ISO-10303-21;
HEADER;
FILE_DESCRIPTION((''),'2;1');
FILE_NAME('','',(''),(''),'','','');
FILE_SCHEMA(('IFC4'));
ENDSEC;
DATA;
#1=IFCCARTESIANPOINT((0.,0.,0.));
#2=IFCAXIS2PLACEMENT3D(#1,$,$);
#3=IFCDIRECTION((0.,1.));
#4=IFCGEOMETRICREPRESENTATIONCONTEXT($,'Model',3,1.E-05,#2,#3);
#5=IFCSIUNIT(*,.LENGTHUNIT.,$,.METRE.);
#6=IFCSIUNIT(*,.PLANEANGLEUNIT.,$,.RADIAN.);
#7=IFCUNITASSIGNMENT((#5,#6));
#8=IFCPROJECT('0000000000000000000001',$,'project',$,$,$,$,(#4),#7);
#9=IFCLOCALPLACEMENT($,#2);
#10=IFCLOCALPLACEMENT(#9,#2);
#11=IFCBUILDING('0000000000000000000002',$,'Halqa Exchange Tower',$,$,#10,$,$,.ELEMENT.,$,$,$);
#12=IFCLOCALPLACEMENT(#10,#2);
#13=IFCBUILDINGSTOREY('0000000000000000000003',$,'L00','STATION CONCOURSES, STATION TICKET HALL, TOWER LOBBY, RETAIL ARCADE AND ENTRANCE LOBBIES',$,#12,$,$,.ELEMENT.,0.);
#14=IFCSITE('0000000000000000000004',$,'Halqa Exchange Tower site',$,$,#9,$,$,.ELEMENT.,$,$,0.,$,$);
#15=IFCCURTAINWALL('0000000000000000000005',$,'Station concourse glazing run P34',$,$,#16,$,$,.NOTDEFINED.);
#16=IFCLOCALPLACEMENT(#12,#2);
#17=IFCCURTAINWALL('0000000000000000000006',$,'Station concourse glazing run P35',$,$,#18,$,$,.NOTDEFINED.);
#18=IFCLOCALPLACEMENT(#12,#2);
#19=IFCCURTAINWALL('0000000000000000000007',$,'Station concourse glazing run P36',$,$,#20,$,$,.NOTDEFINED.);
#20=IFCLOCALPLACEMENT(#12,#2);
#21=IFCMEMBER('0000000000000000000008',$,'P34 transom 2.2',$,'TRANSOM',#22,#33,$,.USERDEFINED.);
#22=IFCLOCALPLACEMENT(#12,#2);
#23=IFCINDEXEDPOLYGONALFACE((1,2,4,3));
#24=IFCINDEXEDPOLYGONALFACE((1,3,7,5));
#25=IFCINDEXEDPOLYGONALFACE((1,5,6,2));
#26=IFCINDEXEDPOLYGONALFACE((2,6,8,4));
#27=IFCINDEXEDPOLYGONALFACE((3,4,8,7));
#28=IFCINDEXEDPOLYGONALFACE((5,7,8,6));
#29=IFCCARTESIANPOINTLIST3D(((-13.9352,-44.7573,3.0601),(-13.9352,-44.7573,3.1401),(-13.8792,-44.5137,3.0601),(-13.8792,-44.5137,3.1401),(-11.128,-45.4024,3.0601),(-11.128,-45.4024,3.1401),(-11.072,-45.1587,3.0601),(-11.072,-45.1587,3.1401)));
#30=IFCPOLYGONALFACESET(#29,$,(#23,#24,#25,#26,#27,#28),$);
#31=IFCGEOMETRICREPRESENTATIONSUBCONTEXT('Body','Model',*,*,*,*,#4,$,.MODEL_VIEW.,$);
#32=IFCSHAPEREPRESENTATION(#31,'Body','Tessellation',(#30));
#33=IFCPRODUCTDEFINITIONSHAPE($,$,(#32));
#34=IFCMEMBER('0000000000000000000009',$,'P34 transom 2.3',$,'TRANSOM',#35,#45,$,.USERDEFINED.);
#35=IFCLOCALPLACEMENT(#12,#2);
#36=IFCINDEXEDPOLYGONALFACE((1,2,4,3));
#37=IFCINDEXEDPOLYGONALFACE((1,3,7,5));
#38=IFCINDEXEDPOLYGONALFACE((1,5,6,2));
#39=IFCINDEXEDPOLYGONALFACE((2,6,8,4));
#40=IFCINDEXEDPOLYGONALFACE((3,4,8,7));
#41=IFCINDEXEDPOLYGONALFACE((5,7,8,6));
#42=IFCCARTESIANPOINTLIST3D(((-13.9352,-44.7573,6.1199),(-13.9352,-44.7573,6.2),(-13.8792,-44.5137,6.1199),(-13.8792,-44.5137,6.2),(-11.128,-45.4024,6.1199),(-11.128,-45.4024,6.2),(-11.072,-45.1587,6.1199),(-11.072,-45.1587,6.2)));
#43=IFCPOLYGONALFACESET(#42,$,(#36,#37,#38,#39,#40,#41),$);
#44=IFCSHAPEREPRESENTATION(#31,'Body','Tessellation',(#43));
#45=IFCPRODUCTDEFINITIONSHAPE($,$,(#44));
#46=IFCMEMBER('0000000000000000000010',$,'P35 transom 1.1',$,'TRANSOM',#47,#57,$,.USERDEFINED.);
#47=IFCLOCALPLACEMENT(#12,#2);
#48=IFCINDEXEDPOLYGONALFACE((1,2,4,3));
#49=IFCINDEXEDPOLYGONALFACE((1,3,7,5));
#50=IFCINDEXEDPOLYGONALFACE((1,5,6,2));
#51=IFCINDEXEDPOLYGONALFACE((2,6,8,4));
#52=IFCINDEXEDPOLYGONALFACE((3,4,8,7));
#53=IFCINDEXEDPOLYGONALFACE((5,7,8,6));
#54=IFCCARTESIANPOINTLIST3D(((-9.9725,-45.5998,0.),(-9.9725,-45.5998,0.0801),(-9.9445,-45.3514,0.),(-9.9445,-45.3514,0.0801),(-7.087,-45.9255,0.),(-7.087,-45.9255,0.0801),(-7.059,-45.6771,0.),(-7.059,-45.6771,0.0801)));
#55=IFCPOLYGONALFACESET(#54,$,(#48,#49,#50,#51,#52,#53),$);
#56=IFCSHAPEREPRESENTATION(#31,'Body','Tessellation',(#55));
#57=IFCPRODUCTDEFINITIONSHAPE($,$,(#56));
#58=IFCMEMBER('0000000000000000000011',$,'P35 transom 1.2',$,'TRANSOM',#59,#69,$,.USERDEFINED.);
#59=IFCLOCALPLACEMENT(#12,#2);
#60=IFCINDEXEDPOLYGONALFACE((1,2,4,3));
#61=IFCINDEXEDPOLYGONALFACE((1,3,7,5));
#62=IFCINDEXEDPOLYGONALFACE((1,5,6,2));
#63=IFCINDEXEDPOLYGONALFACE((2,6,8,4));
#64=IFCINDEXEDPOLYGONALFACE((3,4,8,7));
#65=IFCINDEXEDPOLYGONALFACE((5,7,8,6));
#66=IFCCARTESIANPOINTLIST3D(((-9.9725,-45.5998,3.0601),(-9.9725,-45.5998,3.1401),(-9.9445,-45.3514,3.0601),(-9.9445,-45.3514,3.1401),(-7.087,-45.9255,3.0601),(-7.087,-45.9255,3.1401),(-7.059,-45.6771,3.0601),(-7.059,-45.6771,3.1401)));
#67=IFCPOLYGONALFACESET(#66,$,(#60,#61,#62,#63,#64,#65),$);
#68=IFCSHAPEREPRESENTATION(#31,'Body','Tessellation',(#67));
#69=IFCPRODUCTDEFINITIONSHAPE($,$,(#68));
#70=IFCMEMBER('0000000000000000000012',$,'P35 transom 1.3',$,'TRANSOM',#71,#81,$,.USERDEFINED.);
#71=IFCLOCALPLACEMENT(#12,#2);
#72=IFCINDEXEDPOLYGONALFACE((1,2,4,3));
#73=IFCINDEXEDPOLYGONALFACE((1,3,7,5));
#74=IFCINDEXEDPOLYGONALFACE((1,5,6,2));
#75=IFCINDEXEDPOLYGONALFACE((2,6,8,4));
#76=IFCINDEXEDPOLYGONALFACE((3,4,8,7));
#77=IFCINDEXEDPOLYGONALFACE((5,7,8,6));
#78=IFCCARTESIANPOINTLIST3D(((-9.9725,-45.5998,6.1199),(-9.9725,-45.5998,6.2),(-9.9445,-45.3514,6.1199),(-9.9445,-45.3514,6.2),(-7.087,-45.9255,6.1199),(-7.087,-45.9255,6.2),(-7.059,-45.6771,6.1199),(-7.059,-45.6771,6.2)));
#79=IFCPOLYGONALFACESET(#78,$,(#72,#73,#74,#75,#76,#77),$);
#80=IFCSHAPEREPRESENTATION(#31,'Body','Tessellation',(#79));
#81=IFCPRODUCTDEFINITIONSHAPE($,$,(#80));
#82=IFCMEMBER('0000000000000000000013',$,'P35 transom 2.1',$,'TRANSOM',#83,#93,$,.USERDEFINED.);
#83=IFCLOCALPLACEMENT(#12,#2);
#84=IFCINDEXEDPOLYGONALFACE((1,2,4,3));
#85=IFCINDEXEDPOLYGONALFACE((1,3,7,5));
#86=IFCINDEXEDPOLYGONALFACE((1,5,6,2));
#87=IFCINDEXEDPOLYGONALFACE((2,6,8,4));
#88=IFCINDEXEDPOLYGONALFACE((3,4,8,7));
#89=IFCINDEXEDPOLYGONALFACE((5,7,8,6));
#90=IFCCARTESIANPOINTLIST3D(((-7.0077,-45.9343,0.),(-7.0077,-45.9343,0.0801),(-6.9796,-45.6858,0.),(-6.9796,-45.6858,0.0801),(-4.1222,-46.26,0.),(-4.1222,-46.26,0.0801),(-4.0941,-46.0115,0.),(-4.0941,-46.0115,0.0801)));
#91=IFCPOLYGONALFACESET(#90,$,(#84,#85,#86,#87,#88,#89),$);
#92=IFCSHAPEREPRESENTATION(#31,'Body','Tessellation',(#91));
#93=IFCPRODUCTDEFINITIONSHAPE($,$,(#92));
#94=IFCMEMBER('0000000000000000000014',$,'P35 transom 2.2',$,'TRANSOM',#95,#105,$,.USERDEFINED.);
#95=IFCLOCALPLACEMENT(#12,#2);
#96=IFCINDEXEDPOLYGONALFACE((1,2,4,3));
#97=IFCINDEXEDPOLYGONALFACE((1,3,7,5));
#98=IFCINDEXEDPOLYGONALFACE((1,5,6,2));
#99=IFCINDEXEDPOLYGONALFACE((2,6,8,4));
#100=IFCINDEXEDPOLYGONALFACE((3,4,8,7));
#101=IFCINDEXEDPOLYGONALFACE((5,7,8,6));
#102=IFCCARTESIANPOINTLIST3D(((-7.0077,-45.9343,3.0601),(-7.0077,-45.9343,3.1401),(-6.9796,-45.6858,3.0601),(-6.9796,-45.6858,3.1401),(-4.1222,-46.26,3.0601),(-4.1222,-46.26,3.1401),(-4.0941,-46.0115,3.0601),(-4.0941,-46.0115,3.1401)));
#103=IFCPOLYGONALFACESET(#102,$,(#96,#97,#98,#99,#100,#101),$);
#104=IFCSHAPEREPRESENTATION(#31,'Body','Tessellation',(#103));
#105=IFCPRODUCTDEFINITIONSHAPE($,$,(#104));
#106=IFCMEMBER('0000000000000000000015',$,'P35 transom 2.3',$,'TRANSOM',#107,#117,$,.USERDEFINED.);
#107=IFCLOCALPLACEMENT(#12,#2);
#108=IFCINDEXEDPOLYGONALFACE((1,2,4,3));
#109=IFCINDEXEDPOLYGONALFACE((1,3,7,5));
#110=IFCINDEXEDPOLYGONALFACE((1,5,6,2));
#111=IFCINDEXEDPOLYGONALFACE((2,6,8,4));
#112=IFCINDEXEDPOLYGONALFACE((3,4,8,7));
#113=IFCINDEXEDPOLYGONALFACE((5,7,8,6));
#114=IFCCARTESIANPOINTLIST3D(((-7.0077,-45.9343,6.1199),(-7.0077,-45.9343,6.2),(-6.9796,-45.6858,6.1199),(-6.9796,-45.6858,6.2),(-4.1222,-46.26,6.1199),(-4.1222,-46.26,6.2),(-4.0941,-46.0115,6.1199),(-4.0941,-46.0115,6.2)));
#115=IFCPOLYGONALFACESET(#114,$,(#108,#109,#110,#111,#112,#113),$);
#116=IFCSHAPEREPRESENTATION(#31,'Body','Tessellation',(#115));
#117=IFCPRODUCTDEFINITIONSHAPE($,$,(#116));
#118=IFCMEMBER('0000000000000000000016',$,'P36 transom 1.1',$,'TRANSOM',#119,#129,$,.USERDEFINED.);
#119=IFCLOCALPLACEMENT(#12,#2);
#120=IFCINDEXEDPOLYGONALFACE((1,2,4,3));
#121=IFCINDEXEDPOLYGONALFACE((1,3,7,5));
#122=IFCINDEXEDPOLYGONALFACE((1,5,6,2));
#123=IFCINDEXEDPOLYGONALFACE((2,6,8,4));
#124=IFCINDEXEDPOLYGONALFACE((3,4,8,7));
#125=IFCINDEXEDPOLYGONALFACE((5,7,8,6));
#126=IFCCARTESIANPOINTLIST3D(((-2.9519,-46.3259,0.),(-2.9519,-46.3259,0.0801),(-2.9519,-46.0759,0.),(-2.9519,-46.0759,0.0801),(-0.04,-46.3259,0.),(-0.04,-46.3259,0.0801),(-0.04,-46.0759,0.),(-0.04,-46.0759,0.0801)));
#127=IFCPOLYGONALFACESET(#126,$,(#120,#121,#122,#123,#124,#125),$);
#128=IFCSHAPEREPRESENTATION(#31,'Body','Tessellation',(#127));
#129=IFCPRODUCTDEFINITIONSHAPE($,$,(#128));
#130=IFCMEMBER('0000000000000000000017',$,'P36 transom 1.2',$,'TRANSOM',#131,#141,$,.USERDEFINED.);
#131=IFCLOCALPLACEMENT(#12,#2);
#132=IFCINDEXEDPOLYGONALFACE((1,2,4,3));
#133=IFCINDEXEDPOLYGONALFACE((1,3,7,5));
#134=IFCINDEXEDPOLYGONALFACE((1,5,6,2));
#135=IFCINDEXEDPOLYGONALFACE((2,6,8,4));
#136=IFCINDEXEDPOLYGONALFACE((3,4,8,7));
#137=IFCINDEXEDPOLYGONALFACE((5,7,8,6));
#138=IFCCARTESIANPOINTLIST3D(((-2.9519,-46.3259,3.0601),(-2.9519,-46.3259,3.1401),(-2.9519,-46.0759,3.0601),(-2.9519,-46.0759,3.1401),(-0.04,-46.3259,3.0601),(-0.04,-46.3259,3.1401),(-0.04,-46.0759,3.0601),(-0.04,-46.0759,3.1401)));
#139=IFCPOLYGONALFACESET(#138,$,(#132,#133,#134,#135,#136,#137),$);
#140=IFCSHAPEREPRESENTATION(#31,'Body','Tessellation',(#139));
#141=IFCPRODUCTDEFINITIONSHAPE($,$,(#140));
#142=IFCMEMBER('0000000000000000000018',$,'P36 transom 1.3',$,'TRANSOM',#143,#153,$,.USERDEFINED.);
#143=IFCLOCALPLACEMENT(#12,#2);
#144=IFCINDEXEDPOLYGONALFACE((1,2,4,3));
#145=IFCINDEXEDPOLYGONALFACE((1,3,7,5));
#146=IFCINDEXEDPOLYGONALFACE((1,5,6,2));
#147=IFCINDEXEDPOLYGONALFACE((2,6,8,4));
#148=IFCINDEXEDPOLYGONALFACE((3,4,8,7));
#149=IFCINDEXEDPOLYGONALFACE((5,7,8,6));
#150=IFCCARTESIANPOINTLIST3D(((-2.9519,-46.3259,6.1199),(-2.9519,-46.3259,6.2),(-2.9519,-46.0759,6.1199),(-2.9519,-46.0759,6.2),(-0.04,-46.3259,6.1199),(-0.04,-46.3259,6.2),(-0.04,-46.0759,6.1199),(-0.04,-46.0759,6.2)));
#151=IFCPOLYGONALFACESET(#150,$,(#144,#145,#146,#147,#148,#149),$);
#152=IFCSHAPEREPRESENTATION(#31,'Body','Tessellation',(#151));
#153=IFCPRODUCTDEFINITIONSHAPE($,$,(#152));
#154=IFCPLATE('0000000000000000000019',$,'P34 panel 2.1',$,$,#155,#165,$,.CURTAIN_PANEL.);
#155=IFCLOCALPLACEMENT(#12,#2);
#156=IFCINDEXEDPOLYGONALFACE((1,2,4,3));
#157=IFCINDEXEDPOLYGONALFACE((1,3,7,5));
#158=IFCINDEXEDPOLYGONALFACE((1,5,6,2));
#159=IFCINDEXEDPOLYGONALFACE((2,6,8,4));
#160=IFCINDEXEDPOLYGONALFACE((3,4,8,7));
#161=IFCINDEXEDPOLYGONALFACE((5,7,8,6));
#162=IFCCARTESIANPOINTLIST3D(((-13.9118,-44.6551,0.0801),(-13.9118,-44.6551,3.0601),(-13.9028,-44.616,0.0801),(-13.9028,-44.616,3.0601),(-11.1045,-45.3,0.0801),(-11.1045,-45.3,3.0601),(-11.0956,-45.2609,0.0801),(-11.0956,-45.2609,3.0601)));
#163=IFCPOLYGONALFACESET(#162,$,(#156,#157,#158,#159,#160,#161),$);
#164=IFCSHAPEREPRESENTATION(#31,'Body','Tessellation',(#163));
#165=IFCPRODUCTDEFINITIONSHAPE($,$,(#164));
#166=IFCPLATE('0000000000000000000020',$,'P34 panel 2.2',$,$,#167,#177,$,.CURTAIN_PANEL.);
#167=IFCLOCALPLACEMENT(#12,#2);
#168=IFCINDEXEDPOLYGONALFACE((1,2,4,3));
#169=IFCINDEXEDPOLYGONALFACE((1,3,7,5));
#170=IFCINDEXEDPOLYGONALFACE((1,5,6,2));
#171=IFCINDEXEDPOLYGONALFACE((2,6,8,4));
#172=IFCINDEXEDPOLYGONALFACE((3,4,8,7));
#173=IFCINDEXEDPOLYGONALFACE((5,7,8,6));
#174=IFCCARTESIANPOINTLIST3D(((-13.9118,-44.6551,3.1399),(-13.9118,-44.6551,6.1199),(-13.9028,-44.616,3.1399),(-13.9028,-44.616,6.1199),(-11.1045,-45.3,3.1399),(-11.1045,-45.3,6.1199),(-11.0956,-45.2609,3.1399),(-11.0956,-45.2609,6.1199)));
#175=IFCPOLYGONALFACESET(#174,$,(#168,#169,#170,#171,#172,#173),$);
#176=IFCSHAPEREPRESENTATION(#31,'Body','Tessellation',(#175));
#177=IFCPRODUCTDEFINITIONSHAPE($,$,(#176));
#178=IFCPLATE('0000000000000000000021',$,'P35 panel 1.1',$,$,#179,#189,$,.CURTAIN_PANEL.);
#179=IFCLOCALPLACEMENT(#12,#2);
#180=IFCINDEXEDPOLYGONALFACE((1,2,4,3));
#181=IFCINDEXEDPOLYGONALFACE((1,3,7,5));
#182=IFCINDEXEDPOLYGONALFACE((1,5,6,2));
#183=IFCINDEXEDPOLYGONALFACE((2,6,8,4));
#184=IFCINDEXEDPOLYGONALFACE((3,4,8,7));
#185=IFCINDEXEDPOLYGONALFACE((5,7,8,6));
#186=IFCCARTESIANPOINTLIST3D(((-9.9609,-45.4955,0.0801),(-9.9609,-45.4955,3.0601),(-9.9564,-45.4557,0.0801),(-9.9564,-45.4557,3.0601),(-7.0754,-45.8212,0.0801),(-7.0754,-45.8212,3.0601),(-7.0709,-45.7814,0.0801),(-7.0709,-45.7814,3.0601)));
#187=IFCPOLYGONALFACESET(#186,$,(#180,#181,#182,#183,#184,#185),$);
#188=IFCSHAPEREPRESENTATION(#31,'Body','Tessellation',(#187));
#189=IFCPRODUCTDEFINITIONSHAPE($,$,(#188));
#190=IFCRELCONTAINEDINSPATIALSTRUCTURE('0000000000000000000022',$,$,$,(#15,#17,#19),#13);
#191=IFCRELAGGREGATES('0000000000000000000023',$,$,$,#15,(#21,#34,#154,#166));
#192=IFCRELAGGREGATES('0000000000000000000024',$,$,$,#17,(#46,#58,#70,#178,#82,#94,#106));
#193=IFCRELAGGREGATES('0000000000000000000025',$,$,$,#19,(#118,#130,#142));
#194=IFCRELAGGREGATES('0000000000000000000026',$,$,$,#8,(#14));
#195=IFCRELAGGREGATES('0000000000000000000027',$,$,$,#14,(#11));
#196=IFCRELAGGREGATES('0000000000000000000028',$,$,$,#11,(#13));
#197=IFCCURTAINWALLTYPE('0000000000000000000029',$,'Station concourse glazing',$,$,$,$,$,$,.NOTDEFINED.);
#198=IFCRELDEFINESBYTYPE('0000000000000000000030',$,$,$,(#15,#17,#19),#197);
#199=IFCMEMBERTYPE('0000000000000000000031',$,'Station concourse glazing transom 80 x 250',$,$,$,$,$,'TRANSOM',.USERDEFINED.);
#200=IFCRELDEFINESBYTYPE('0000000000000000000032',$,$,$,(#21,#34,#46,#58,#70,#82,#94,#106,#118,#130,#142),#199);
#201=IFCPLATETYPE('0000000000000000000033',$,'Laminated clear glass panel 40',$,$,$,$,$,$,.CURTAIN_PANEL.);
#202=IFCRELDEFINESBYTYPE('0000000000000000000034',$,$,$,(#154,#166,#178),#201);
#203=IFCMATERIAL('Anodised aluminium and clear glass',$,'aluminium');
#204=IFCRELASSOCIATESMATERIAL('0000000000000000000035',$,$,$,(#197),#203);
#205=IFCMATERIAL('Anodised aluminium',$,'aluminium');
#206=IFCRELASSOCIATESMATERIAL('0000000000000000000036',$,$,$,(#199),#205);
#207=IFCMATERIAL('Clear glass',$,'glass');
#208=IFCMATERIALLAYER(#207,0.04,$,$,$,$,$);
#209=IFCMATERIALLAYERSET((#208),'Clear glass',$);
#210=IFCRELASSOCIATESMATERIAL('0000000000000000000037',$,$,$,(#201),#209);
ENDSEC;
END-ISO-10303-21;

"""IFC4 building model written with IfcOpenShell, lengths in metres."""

from ifc_helpers import new_model, si_unit, direction, frame, origin, origin_2d, place, context, subcontext, project, spatial, rectangle, extrude, material, layer, layer_set, material_profile, profile_set, type_object, element, aggregate, save


model = new_model("IFC4")

# Units and contexts
model_context = context("Model", 3, precision=1e-05, world=origin(), true_north=direction((0.0, 1.0)))
body_context = subcontext(model_context, "Body", "Model", "MODEL_VIEW")
ifc_project = project(units=[si_unit("LENGTHUNIT", "METRE"), si_unit("PLANEANGLEUNIT", "RADIAN")], contexts=[model_context])

# Site, building, storey
site_placement = place(None, origin())
site = spatial("IfcSite", under=ifc_project, at=site_placement, Name="Halqa Exchange Tower site", CompositionType="ELEMENT", RefElevation=0.0)
building_placement = place(site_placement, origin())
building = spatial("IfcBuilding", under=site, at=building_placement, Name="Halqa Exchange Tower", CompositionType="ELEMENT")
storey_placement = place(building_placement, origin())
storey = spatial("IfcBuildingStorey", under=building, at=storey_placement, Name="L00", Description="STATION CONCOURSES, STATION TICKET HALL, TOWER LOBBY, RETAIL ARCADE AND ENTRANCE LOBBIES", CompositionType="ELEMENT", Elevation=0.0)

# Curtain wall
ifc_material_1 = material(Name="Anodised aluminium and clear glass", Category="aluminium")
curtain_wall_type = type_object("IfcCurtainWallType", Name="Station concourse glazing", PredefinedType="NOTDEFINED", material=ifc_material_1)
curtain_wall_1_placement = place(storey_placement, origin())
curtain_wall_1 = element("IfcCurtainWall", 1, at=curtain_wall_1_placement, inside=storey, type_object=curtain_wall_type, Name="Station concourse glazing run P34", PredefinedType="NOTDEFINED")
ifc_material_2 = material(Name="Anodised aluminium", Category="aluminium")

# Curtain wall
curtain_wall_2_placement = place(storey_placement, origin())
curtain_wall_2 = element("IfcCurtainWall", 2, at=curtain_wall_2_placement, inside=storey, type_object=curtain_wall_type, Name="Station concourse glazing run P35", PredefinedType="NOTDEFINED")

# Curtain wall
curtain_wall_3_placement = place(storey_placement, origin())
curtain_wall_3 = element("IfcCurtainWall", 3, at=curtain_wall_3_placement, inside=storey, type_object=curtain_wall_type, Name="Station concourse glazing run P36", PredefinedType="NOTDEFINED")

# Members
ifc_material_profile_1 = material_profile(ifc_material_2, rectangle(XDim=0.25, YDim=0.0801, at=origin_2d()), Name="AL 80x250")
ifc_profile_set_1 = profile_set([ifc_material_profile_1], Name="Anodised aluminium")
member_type_1 = type_object("IfcMemberType", Name="Station concourse glazing transom 80 x 250", ElementType="TRANSOM", PredefinedType="USERDEFINED", material=ifc_profile_set_1)
member_1_placement = place(storey_placement, frame((-13.9072, -44.6355, 3.1001), z_axis=(0.974602, -0.223943, 0.0), x_axis=(0.223943, 0.974602, 0.0)))
member_1 = element("IfcMember", 4, at=member_1_placement, type_object=member_type_1, Name="P34 transom 2.2", ObjectType="TRANSOM", PredefinedType="USERDEFINED", context=body_context, shape_type="SweptSolid", body=[
    extrude(rectangle(XDim=0.25, YDim=0.0801, at=origin_2d()), origin(), (0.0, 0.0, 1.0), 2.8804),
])
member_2_placement = place(storey_placement, frame((-13.9072, -44.6355, 6.1599), z_axis=(0.974602, -0.223943, 0.0), x_axis=(0.223943, 0.974602, 0.0)))
member_2 = element("IfcMember", 5, at=member_2_placement, type_object=member_type_1, Name="P34 transom 2.3", ObjectType="TRANSOM", PredefinedType="USERDEFINED", context=body_context, shape_type="SweptSolid", body=[
    extrude(rectangle(XDim=0.25, YDim=0.0801, at=origin_2d()), origin(), (0.0, 0.0, 1.0), 2.8804),
])
member_3_placement = place(storey_placement, frame((-9.9585, -45.4756, 0.04), z_axis=(0.993691, -0.112157, 0.0), x_axis=(0.112157, 0.993691, 0.0)))
member_3 = element("IfcMember", 6, at=member_3_placement, type_object=member_type_1, Name="P35 transom 1.1", ObjectType="TRANSOM", PredefinedType="USERDEFINED", context=body_context, shape_type="SweptSolid", body=[
    extrude(rectangle(XDim=0.25, YDim=0.0801, at=origin_2d()), origin(), (0.0, 0.0, 1.0), 2.9038),
])
member_4_placement = place(storey_placement, frame((-9.9585, -45.4756, 3.1001), z_axis=(0.993691, -0.112157, 0.0), x_axis=(0.112157, 0.993691, 0.0)))
member_4 = element("IfcMember", 7, at=member_4_placement, type_object=member_type_1, Name="P35 transom 1.2", ObjectType="TRANSOM", PredefinedType="USERDEFINED", context=body_context, shape_type="SweptSolid", body=[
    extrude(rectangle(XDim=0.25, YDim=0.0801, at=origin_2d()), origin(), (0.0, 0.0, 1.0), 2.9038),
])
member_5_placement = place(storey_placement, frame((-9.9585, -45.4756, 6.1599), z_axis=(0.993691, -0.112157, 0.0), x_axis=(0.112157, 0.993691, 0.0)))
member_5 = element("IfcMember", 8, at=member_5_placement, type_object=member_type_1, Name="P35 transom 1.3", ObjectType="TRANSOM", PredefinedType="USERDEFINED", context=body_context, shape_type="SweptSolid", body=[
    extrude(rectangle(XDim=0.25, YDim=0.0801, at=origin_2d()), origin(), (0.0, 0.0, 1.0), 2.9038),
])
member_6_placement = place(storey_placement, frame((-6.9937, -45.8101, 0.04), z_axis=(0.993691, -0.112157, 0.0), x_axis=(0.112157, 0.993691, 0.0)))
member_6 = element("IfcMember", 9, at=member_6_placement, type_object=member_type_1, Name="P35 transom 2.1", ObjectType="TRANSOM", PredefinedType="USERDEFINED", context=body_context, shape_type="SweptSolid", body=[
    extrude(rectangle(XDim=0.25, YDim=0.0801, at=origin_2d()), origin(), (0.0, 0.0, 1.0), 2.9038),
])
member_7_placement = place(storey_placement, frame((-6.9937, -45.8101, 3.1001), z_axis=(0.993691, -0.112157, 0.0), x_axis=(0.112157, 0.993691, 0.0)))
member_7 = element("IfcMember", 10, at=member_7_placement, type_object=member_type_1, Name="P35 transom 2.2", ObjectType="TRANSOM", PredefinedType="USERDEFINED", context=body_context, shape_type="SweptSolid", body=[
    extrude(rectangle(XDim=0.25, YDim=0.0801, at=origin_2d()), origin(), (0.0, 0.0, 1.0), 2.9038),
])
member_8_placement = place(storey_placement, frame((-6.9937, -45.8101, 6.1599), z_axis=(0.993691, -0.112157, 0.0), x_axis=(0.112157, 0.993691, 0.0)))
member_8 = element("IfcMember", 11, at=member_8_placement, type_object=member_type_1, Name="P35 transom 2.3", ObjectType="TRANSOM", PredefinedType="USERDEFINED", context=body_context, shape_type="SweptSolid", body=[
    extrude(rectangle(XDim=0.25, YDim=0.0801, at=origin_2d()), origin(), (0.0, 0.0, 1.0), 2.9038),
])
member_9_placement = place(storey_placement, frame((-2.9519, -46.2009, 0.04), z_axis=(1.0, 0.0, 0.0), x_axis=(0.0, 1.0, 0.0)))
member_9 = element("IfcMember", 12, at=member_9_placement, type_object=member_type_1, Name="P36 transom 1.1", ObjectType="TRANSOM", PredefinedType="USERDEFINED", context=body_context, shape_type="SweptSolid", body=[
    extrude(rectangle(XDim=0.25, YDim=0.0801, at=origin_2d()), origin(), (0.0, 0.0, 1.0), 2.9119),
])
member_10_placement = place(storey_placement, frame((-2.9519, -46.2009, 3.1001), z_axis=(1.0, 0.0, 0.0), x_axis=(0.0, 1.0, 0.0)))
member_10 = element("IfcMember", 13, at=member_10_placement, type_object=member_type_1, Name="P36 transom 1.2", ObjectType="TRANSOM", PredefinedType="USERDEFINED", context=body_context, shape_type="SweptSolid", body=[
    extrude(rectangle(XDim=0.25, YDim=0.0801, at=origin_2d()), origin(), (0.0, 0.0, 1.0), 2.9119),
])
member_11_placement = place(storey_placement, frame((-2.9519, -46.2009, 6.1599), z_axis=(1.0, 0.0, 0.0), x_axis=(0.0, 1.0, 0.0)))
member_11 = element("IfcMember", 14, at=member_11_placement, type_object=member_type_1, Name="P36 transom 1.3", ObjectType="TRANSOM", PredefinedType="USERDEFINED", context=body_context, shape_type="SweptSolid", body=[
    extrude(rectangle(XDim=0.25, YDim=0.0801, at=origin_2d()), origin(), (0.0, 0.0, 1.0), 2.9119),
])

# Plates
ifc_material_3 = material(Name="Clear glass", Category="glass")
ifc_layer_1 = layer(ifc_material_3, 0.04)
ifc_layer_set_1 = layer_set([ifc_layer_1], Name="Clear glass")
plate_type = type_object("IfcPlateType", Name="Laminated clear glass panel 40", PredefinedType="CURTAIN_PANEL", material=ifc_layer_set_1)
plate_1_placement = place(storey_placement, frame((-12.5037, -44.958, 0.0801), z_axis=(0.0, 0.0, 1.0), x_axis=(0.974613, -0.223897, 0.0)))
plate_1 = element("IfcPlate", 15, at=plate_1_placement, type_object=plate_type, Name="P34 panel 2.1", PredefinedType="CURTAIN_PANEL", context=body_context, shape_type="SweptSolid", body=[
    extrude(rectangle(XDim=2.8804, YDim=0.04, at=origin_2d()), origin(), (0.0, 0.0, 1.0), 2.98),
])
plate_2_placement = place(storey_placement, frame((-12.5037, -44.958, 3.1399), z_axis=(0.0, 0.0, 1.0), x_axis=(0.974613, -0.223897, 0.0)))
plate_2 = element("IfcPlate", 16, at=plate_2_placement, type_object=plate_type, Name="P34 panel 2.2", PredefinedType="CURTAIN_PANEL", context=body_context, shape_type="SweptSolid", body=[
    extrude(rectangle(XDim=2.8804, YDim=0.04, at=origin_2d()), origin(), (0.0, 0.0, 1.0), 2.98),
])
aggregate(curtain_wall_1, [member_1, member_2, plate_1, plate_2])
plate_3_placement = place(storey_placement, frame((-8.5159, -45.6384, 0.0801), z_axis=(0.0, 0.0, 1.0), x_axis=(0.99369, -0.112159, 0.0)))
plate_3 = element("IfcPlate", 17, at=plate_3_placement, type_object=plate_type, Name="P35 panel 1.1", PredefinedType="CURTAIN_PANEL", context=body_context, shape_type="SweptSolid", body=[
    extrude(rectangle(XDim=2.9038, YDim=0.04, at=origin_2d()), origin(), (0.0, 0.0, 1.0), 2.98),
])
aggregate(curtain_wall_2, [member_3, member_4, member_5, plate_3, member_6, member_7, member_8])
aggregate(curtain_wall_3, [member_9, member_10, member_11])

save(model, "model.ifc")
